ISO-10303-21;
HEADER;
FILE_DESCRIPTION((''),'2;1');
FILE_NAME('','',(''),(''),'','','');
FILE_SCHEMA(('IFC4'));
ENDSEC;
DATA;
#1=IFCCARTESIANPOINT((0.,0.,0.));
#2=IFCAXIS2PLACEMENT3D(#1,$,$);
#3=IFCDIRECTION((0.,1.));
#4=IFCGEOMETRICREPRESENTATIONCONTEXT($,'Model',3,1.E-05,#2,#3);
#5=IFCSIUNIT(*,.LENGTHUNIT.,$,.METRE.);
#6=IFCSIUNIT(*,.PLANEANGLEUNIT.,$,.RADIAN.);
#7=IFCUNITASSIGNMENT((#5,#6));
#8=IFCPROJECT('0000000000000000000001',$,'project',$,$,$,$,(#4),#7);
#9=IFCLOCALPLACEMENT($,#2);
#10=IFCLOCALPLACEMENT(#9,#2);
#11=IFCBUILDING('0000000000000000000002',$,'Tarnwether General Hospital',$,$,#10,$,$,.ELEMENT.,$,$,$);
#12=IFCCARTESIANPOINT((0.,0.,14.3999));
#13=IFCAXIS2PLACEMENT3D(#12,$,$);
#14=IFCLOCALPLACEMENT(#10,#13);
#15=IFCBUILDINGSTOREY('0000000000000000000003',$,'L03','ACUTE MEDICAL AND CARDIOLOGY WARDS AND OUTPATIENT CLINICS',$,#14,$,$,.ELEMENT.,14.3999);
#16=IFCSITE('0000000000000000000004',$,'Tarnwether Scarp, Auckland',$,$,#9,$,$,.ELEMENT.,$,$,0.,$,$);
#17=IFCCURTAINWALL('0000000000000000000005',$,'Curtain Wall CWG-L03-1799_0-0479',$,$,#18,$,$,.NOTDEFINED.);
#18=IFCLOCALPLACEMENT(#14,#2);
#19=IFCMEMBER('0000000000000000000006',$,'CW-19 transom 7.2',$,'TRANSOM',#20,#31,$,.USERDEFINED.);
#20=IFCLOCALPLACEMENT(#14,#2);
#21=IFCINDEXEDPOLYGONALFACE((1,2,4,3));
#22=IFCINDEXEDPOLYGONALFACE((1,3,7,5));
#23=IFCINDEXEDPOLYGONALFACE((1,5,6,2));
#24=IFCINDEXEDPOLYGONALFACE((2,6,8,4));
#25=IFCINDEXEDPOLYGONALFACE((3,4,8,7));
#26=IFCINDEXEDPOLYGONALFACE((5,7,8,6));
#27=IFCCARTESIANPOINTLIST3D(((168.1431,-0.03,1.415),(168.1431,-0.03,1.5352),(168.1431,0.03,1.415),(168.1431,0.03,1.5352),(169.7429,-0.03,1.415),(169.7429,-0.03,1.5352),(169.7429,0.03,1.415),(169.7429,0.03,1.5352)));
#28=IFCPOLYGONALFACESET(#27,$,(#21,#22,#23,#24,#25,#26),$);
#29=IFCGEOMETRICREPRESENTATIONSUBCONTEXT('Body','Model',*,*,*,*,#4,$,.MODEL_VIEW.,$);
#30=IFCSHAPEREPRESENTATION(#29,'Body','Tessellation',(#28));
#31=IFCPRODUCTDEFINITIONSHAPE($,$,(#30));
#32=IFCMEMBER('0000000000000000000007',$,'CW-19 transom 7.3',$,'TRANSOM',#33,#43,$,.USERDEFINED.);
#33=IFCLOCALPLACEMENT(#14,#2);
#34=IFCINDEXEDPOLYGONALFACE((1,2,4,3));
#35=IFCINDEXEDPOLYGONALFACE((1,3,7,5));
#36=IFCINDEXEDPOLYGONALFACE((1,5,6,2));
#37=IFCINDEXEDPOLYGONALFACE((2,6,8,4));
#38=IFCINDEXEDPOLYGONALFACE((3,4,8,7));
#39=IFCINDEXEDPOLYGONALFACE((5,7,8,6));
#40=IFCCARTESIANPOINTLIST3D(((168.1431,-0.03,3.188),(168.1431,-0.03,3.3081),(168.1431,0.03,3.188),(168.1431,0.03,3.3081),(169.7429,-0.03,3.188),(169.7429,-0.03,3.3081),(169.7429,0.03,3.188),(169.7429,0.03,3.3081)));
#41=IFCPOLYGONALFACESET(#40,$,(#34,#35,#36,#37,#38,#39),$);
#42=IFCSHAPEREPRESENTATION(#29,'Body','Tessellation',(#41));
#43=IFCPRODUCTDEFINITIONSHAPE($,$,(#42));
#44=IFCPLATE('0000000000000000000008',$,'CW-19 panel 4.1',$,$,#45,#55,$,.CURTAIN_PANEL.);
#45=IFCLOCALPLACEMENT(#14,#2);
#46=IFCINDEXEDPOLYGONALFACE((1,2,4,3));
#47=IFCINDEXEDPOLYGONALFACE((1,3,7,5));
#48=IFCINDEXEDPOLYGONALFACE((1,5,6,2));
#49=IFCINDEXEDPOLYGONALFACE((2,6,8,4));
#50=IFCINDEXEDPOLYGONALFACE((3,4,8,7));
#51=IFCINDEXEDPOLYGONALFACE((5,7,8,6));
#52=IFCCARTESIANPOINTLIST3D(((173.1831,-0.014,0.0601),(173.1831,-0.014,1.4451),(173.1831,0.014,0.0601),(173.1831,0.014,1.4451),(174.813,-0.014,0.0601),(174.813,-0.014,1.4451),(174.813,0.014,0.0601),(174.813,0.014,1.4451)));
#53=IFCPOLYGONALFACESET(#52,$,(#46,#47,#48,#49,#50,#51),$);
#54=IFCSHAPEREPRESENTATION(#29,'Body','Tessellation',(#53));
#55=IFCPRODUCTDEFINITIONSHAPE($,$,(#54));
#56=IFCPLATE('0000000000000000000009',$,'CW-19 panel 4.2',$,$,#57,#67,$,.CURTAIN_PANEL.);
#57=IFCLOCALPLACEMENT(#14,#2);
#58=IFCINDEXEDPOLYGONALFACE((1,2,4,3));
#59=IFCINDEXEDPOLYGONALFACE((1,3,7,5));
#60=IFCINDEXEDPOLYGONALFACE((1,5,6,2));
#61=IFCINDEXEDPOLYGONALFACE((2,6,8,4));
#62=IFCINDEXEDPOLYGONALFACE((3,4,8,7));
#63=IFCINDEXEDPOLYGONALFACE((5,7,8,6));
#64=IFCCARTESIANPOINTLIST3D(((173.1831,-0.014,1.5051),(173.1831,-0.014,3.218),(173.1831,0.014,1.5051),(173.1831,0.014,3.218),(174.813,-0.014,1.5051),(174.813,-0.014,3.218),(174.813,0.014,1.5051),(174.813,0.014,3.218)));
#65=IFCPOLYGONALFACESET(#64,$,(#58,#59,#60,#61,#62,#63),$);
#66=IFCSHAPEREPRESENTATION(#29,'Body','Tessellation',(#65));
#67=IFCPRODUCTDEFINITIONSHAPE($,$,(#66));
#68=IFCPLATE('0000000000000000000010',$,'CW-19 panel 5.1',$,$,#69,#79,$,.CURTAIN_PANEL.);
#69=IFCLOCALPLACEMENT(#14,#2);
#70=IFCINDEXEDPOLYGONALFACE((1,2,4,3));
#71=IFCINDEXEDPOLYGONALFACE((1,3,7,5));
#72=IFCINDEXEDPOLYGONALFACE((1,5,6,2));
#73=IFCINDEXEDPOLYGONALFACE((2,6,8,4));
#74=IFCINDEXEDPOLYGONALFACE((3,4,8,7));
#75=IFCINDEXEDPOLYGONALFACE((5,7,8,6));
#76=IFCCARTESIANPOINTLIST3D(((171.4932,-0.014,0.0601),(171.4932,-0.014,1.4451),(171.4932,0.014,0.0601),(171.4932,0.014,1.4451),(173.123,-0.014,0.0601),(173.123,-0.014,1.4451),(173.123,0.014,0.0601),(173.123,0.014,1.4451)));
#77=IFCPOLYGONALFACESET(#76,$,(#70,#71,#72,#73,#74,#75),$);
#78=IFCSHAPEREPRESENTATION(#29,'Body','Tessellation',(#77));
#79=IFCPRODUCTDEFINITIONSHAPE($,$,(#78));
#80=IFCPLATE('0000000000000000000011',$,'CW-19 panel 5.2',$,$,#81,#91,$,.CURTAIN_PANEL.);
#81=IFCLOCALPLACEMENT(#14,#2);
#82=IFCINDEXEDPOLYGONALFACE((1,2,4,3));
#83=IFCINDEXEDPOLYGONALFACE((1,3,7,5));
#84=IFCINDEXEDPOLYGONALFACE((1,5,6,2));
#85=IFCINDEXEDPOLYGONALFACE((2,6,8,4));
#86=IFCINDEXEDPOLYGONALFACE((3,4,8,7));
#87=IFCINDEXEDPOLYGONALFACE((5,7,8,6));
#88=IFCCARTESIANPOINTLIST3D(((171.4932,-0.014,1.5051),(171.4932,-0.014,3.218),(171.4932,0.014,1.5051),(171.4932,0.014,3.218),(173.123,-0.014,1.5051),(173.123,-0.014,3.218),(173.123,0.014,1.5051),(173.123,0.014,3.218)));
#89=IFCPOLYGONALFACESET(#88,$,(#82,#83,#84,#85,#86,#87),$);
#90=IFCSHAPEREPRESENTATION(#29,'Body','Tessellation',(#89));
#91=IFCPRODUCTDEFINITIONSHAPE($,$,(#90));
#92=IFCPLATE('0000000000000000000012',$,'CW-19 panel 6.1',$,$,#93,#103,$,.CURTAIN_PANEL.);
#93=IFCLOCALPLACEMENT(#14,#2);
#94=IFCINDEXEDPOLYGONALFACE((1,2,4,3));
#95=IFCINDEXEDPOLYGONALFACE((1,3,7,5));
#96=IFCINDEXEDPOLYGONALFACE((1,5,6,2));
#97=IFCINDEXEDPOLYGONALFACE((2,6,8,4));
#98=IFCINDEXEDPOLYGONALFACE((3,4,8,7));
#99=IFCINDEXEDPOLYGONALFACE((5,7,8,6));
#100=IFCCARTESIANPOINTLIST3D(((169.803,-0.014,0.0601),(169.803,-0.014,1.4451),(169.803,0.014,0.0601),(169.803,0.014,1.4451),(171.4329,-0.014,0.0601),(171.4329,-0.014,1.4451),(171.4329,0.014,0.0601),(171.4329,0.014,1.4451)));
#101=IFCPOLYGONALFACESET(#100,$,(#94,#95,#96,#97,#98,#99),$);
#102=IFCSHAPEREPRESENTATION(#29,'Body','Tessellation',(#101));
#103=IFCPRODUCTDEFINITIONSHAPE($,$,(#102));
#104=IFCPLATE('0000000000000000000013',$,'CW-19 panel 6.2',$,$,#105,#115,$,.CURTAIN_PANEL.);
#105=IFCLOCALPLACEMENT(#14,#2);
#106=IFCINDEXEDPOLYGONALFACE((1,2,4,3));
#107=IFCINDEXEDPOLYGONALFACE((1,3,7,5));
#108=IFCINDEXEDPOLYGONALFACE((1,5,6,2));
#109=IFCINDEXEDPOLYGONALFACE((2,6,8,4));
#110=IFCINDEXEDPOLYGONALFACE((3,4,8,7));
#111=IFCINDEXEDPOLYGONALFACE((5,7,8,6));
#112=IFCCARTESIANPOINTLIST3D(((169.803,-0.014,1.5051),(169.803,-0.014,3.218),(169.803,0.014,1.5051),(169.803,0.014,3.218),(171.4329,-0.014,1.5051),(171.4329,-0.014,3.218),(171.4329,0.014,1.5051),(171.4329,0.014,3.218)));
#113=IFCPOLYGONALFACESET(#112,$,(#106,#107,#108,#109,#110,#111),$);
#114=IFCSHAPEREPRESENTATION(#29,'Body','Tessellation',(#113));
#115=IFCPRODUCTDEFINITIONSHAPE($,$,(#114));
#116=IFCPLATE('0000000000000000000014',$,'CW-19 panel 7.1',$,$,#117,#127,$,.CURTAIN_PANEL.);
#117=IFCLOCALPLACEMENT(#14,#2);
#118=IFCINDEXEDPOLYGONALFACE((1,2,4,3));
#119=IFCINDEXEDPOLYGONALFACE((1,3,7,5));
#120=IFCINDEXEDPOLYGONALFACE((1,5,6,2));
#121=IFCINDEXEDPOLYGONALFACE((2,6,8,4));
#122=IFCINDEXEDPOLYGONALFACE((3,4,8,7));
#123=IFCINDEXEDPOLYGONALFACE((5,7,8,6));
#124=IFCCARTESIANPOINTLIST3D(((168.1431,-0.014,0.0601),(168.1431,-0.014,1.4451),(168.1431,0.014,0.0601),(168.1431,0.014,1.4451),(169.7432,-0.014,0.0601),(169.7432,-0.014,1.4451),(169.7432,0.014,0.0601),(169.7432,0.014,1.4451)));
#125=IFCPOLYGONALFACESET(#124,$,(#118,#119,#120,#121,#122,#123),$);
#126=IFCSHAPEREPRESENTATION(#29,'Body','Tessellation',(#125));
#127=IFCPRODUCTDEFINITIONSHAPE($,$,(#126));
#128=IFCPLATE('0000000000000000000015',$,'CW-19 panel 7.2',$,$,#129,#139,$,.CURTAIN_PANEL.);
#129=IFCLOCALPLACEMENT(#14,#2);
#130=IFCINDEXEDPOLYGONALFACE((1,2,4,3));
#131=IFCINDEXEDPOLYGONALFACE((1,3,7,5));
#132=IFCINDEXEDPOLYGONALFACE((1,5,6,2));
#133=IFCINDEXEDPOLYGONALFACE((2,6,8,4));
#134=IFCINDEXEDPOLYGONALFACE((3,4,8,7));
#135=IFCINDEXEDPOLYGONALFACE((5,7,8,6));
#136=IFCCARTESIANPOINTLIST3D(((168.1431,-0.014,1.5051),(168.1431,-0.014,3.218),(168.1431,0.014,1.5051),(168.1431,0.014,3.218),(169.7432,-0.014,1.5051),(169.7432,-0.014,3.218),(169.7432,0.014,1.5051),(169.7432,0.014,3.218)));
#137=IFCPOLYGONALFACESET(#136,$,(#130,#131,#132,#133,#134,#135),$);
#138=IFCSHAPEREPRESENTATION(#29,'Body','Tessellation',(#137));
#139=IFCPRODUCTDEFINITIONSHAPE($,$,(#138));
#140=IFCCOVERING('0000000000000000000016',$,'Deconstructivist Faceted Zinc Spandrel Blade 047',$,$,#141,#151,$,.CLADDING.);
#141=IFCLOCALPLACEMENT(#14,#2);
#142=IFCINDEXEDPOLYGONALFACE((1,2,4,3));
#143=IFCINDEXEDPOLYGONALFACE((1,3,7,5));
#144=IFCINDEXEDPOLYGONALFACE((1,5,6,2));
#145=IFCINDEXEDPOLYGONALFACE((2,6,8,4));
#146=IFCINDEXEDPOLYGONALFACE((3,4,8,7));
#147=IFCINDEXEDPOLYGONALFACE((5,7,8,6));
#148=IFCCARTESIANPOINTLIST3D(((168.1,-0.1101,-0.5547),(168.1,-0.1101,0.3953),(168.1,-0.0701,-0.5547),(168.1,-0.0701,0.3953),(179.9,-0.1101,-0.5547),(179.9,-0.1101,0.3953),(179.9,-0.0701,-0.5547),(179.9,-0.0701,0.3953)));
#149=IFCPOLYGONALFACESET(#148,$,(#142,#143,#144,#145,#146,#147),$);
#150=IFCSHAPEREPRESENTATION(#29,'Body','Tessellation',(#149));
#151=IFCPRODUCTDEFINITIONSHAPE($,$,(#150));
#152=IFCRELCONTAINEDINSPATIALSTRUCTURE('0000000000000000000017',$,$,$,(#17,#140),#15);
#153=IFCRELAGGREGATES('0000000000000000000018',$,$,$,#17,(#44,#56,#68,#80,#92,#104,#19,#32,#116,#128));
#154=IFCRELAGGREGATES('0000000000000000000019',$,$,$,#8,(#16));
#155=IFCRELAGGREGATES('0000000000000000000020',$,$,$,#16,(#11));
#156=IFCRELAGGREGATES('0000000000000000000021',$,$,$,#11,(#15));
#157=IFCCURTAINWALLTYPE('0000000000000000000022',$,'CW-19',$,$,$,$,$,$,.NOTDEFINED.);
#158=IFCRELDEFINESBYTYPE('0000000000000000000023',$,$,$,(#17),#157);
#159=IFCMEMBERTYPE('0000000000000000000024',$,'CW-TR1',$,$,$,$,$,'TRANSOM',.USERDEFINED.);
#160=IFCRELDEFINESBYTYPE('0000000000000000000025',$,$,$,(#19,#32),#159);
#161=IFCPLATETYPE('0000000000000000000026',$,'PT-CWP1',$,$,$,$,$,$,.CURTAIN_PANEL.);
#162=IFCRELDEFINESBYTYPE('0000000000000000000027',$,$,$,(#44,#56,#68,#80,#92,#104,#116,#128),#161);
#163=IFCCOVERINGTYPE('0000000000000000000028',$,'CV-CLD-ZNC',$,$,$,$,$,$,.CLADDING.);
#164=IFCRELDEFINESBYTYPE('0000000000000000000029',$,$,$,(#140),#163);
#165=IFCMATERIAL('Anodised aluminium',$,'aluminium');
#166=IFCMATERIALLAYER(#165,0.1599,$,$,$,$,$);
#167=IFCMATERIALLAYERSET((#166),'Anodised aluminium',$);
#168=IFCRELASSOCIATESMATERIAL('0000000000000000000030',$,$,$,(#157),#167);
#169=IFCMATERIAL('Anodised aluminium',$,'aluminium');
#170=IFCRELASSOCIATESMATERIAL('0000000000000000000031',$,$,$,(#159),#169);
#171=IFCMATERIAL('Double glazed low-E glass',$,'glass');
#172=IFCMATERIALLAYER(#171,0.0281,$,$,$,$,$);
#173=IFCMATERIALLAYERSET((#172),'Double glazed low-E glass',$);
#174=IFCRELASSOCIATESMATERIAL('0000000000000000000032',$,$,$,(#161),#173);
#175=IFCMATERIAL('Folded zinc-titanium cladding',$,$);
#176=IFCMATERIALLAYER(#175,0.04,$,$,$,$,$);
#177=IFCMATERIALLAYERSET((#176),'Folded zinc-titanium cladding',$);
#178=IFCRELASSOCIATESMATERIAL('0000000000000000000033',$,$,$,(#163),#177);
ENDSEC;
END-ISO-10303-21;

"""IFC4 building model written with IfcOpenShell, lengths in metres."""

from ifc_helpers import new_model, si_unit, direction, frame, origin, origin_2d, place, context, subcontext, project, spatial, rectangle, extrude, material, layer, layer_set, material_profile, profile_set, type_object, element, aggregate, save


model = new_model("IFC4")

# Units and contexts
model_context = context("Model", 3, precision=1e-05, world=origin(), true_north=direction((0.0, 1.0)))
body_context = subcontext(model_context, "Body", "Model", "MODEL_VIEW")
ifc_project = project(units=[si_unit("LENGTHUNIT", "METRE"), si_unit("PLANEANGLEUNIT", "RADIAN")], contexts=[model_context])

# Site, building, storey
site_placement = place(None, origin())
site = spatial("IfcSite", under=ifc_project, at=site_placement, Name="Tarnwether Scarp, Auckland", CompositionType="ELEMENT", RefElevation=0.0)
building_placement = place(site_placement, origin())
building = spatial("IfcBuilding", under=site, at=building_placement, Name="Tarnwether General Hospital", CompositionType="ELEMENT")
storey_placement = place(building_placement, frame((0.0, 0.0, 14.3999)))
storey = spatial("IfcBuildingStorey", under=building, at=storey_placement, Name="L03", Description="ACUTE MEDICAL AND CARDIOLOGY WARDS AND OUTPATIENT CLINICS", CompositionType="ELEMENT", Elevation=14.3999)

# Curtain wall, members, plates
ifc_material_1 = material(Name="Anodised aluminium", Category="aluminium")
ifc_layer_1 = layer(ifc_material_1, 0.1599)
ifc_layer_set_1 = layer_set([ifc_layer_1], Name="Anodised aluminium")
curtain_wall_type = type_object("IfcCurtainWallType", Name="CW-19", PredefinedType="NOTDEFINED", material=ifc_layer_set_1)
curtain_wall_placement = place(storey_placement, origin())
curtain_wall = element("IfcCurtainWall", 1, at=curtain_wall_placement, inside=storey, type_object=curtain_wall_type, Name="Curtain Wall CWG-L03-1799_0-0479", PredefinedType="NOTDEFINED")
ifc_material_2 = material(Name="Anodised aluminium", Category="aluminium")
ifc_material_profile_1 = material_profile(ifc_material_2, rectangle(XDim=0.0601, YDim=0.1201, at=origin_2d()), Name="ALU-TRN-60x120")
ifc_profile_set_1 = profile_set([ifc_material_profile_1], Name="Anodised aluminium")
member_type_1 = type_object("IfcMemberType", Name="CW-TR1", ElementType="TRANSOM", PredefinedType="USERDEFINED", material=ifc_profile_set_1)
member_1_placement = place(storey_placement, frame((169.7429, 0.0, 1.4751), z_axis=(-1.0, 0.0, 0.0), x_axis=(0.0, -1.0, 0.0)))
member_1 = element("IfcMember", 2, at=member_1_placement, type_object=member_type_1, Name="CW-19 transom 7.2", ObjectType="TRANSOM", PredefinedType="USERDEFINED", context=body_context, shape_type="SweptSolid", body=[
    extrude(rectangle(XDim=0.0601, YDim=0.1201, at=origin_2d()), origin(), (0.0, 0.0, 1.0), 1.5999),
])
member_2_placement = place(storey_placement, frame((169.7429, 0.0, 3.248), z_axis=(-1.0, 0.0, 0.0), x_axis=(0.0, -1.0, 0.0)))
member_2 = element("IfcMember", 3, at=member_2_placement, type_object=member_type_1, Name="CW-19 transom 7.3", ObjectType="TRANSOM", PredefinedType="USERDEFINED", context=body_context, shape_type="SweptSolid", body=[
    extrude(rectangle(XDim=0.0601, YDim=0.1201, at=origin_2d()), origin(), (0.0, 0.0, 1.0), 1.5999),
])
ifc_material_3 = material(Name="Double glazed low-E glass", Category="glass")
ifc_layer_2 = layer(ifc_material_3, 0.0281)
ifc_layer_set_2 = layer_set([ifc_layer_2], Name="Double glazed low-E glass")
plate_type = type_object("IfcPlateType", Name="PT-CWP1", PredefinedType="CURTAIN_PANEL", material=ifc_layer_set_2)
plate_1_placement = place(storey_placement, frame((173.998, 0.0, 0.0601), z_axis=(0.0, 0.0, 1.0), x_axis=(-1.0, 0.0, 0.0)))
plate_1 = element("IfcPlate", 4, at=plate_1_placement, type_object=plate_type, Name="CW-19 panel 4.1", PredefinedType="CURTAIN_PANEL", context=body_context, shape_type="SweptSolid", body=[
    extrude(rectangle(XDim=1.6299, YDim=0.0281, at=origin_2d()), origin(), (0.0, 0.0, 1.0), 1.385),
])
plate_2_placement = place(storey_placement, frame((173.998, 0.0, 1.5051), z_axis=(0.0, 0.0, 1.0), x_axis=(-1.0, 0.0, 0.0)))
plate_2 = element("IfcPlate", 5, at=plate_2_placement, type_object=plate_type, Name="CW-19 panel 4.2", PredefinedType="CURTAIN_PANEL", context=body_context, shape_type="SweptSolid", body=[
    extrude(rectangle(XDim=1.6299, YDim=0.0281, at=origin_2d()), origin(), (0.0, 0.0, 1.0), 1.7129),
])
plate_3_placement = place(storey_placement, frame((172.3081, 0.0, 0.0601), z_axis=(0.0, 0.0, 1.0), x_axis=(-1.0, 0.0, 0.0)))
plate_3 = element("IfcPlate", 6, at=plate_3_placement, type_object=plate_type, Name="CW-19 panel 5.1", PredefinedType="CURTAIN_PANEL", context=body_context, shape_type="SweptSolid", body=[
    extrude(rectangle(XDim=1.6299, YDim=0.0281, at=origin_2d()), origin(), (0.0, 0.0, 1.0), 1.385),
])
plate_4_placement = place(storey_placement, frame((172.3081, 0.0, 1.5051), z_axis=(0.0, 0.0, 1.0), x_axis=(-1.0, 0.0, 0.0)))
plate_4 = element("IfcPlate", 7, at=plate_4_placement, type_object=plate_type, Name="CW-19 panel 5.2", PredefinedType="CURTAIN_PANEL", context=body_context, shape_type="SweptSolid", body=[
    extrude(rectangle(XDim=1.6299, YDim=0.0281, at=origin_2d()), origin(), (0.0, 0.0, 1.0), 1.7129),
])
plate_5_placement = place(storey_placement, frame((170.6179, 0.0, 0.0601), z_axis=(0.0, 0.0, 1.0), x_axis=(-1.0, 0.0, 0.0)))
plate_5 = element("IfcPlate", 8, at=plate_5_placement, type_object=plate_type, Name="CW-19 panel 6.1", PredefinedType="CURTAIN_PANEL", context=body_context, shape_type="SweptSolid", body=[
    extrude(rectangle(XDim=1.6299, YDim=0.0281, at=origin_2d()), origin(), (0.0, 0.0, 1.0), 1.385),
])
plate_6_placement = place(storey_placement, frame((170.6179, 0.0, 1.5051), z_axis=(0.0, 0.0, 1.0), x_axis=(-1.0, 0.0, 0.0)))
plate_6 = element("IfcPlate", 9, at=plate_6_placement, type_object=plate_type, Name="CW-19 panel 6.2", PredefinedType="CURTAIN_PANEL", context=body_context, shape_type="SweptSolid", body=[
    extrude(rectangle(XDim=1.6299, YDim=0.0281, at=origin_2d()), origin(), (0.0, 0.0, 1.0), 1.7129),
])
plate_7_placement = place(storey_placement, frame((168.9431, 0.0, 0.0601), z_axis=(0.0, 0.0, 1.0), x_axis=(-1.0, 0.0, 0.0)))
plate_7 = element("IfcPlate", 10, at=plate_7_placement, type_object=plate_type, Name="CW-19 panel 7.1", PredefinedType="CURTAIN_PANEL", context=body_context, shape_type="SweptSolid", body=[
    extrude(rectangle(XDim=1.6001, YDim=0.0281, at=origin_2d()), origin(), (0.0, 0.0, 1.0), 1.385),
])
plate_8_placement = place(storey_placement, frame((168.9431, 0.0, 1.5051), z_axis=(0.0, 0.0, 1.0), x_axis=(-1.0, 0.0, 0.0)))
plate_8 = element("IfcPlate", 11, at=plate_8_placement, type_object=plate_type, Name="CW-19 panel 7.2", PredefinedType="CURTAIN_PANEL", context=body_context, shape_type="SweptSolid", body=[
    extrude(rectangle(XDim=1.6001, YDim=0.0281, at=origin_2d()), origin(), (0.0, 0.0, 1.0), 1.7129),
])
aggregate(curtain_wall, [plate_1, plate_2, plate_3, plate_4, plate_5, plate_6, member_1, member_2, plate_7, plate_8])

# Covering
ifc_material_4 = material(Name="Folded zinc-titanium cladding")
ifc_layer_3 = layer(ifc_material_4, 0.04)
ifc_layer_set_3 = layer_set([ifc_layer_3], Name="Folded zinc-titanium cladding")
covering_type = type_object("IfcCoveringType", Name="CV-CLD-ZNC", PredefinedType="CLADDING", material=ifc_layer_set_3)
covering_placement = place(storey_placement, frame((174.0, -0.0901, -0.5547), z_axis=(0.0, 0.0, 1.0), x_axis=(1.0, 0.0, 0.0)))
element("IfcCovering", 12, at=covering_placement, inside=storey, type_object=covering_type, Name="Deconstructivist Faceted Zinc Spandrel Blade 047", PredefinedType="CLADDING", context=body_context, shape_type="SweptSolid", body=[
    extrude(rectangle(XDim=11.8, YDim=0.04, at=origin_2d()), origin(), (0.0, 0.0, 1.0), 0.95),
])

save(model, "model.ifc")
